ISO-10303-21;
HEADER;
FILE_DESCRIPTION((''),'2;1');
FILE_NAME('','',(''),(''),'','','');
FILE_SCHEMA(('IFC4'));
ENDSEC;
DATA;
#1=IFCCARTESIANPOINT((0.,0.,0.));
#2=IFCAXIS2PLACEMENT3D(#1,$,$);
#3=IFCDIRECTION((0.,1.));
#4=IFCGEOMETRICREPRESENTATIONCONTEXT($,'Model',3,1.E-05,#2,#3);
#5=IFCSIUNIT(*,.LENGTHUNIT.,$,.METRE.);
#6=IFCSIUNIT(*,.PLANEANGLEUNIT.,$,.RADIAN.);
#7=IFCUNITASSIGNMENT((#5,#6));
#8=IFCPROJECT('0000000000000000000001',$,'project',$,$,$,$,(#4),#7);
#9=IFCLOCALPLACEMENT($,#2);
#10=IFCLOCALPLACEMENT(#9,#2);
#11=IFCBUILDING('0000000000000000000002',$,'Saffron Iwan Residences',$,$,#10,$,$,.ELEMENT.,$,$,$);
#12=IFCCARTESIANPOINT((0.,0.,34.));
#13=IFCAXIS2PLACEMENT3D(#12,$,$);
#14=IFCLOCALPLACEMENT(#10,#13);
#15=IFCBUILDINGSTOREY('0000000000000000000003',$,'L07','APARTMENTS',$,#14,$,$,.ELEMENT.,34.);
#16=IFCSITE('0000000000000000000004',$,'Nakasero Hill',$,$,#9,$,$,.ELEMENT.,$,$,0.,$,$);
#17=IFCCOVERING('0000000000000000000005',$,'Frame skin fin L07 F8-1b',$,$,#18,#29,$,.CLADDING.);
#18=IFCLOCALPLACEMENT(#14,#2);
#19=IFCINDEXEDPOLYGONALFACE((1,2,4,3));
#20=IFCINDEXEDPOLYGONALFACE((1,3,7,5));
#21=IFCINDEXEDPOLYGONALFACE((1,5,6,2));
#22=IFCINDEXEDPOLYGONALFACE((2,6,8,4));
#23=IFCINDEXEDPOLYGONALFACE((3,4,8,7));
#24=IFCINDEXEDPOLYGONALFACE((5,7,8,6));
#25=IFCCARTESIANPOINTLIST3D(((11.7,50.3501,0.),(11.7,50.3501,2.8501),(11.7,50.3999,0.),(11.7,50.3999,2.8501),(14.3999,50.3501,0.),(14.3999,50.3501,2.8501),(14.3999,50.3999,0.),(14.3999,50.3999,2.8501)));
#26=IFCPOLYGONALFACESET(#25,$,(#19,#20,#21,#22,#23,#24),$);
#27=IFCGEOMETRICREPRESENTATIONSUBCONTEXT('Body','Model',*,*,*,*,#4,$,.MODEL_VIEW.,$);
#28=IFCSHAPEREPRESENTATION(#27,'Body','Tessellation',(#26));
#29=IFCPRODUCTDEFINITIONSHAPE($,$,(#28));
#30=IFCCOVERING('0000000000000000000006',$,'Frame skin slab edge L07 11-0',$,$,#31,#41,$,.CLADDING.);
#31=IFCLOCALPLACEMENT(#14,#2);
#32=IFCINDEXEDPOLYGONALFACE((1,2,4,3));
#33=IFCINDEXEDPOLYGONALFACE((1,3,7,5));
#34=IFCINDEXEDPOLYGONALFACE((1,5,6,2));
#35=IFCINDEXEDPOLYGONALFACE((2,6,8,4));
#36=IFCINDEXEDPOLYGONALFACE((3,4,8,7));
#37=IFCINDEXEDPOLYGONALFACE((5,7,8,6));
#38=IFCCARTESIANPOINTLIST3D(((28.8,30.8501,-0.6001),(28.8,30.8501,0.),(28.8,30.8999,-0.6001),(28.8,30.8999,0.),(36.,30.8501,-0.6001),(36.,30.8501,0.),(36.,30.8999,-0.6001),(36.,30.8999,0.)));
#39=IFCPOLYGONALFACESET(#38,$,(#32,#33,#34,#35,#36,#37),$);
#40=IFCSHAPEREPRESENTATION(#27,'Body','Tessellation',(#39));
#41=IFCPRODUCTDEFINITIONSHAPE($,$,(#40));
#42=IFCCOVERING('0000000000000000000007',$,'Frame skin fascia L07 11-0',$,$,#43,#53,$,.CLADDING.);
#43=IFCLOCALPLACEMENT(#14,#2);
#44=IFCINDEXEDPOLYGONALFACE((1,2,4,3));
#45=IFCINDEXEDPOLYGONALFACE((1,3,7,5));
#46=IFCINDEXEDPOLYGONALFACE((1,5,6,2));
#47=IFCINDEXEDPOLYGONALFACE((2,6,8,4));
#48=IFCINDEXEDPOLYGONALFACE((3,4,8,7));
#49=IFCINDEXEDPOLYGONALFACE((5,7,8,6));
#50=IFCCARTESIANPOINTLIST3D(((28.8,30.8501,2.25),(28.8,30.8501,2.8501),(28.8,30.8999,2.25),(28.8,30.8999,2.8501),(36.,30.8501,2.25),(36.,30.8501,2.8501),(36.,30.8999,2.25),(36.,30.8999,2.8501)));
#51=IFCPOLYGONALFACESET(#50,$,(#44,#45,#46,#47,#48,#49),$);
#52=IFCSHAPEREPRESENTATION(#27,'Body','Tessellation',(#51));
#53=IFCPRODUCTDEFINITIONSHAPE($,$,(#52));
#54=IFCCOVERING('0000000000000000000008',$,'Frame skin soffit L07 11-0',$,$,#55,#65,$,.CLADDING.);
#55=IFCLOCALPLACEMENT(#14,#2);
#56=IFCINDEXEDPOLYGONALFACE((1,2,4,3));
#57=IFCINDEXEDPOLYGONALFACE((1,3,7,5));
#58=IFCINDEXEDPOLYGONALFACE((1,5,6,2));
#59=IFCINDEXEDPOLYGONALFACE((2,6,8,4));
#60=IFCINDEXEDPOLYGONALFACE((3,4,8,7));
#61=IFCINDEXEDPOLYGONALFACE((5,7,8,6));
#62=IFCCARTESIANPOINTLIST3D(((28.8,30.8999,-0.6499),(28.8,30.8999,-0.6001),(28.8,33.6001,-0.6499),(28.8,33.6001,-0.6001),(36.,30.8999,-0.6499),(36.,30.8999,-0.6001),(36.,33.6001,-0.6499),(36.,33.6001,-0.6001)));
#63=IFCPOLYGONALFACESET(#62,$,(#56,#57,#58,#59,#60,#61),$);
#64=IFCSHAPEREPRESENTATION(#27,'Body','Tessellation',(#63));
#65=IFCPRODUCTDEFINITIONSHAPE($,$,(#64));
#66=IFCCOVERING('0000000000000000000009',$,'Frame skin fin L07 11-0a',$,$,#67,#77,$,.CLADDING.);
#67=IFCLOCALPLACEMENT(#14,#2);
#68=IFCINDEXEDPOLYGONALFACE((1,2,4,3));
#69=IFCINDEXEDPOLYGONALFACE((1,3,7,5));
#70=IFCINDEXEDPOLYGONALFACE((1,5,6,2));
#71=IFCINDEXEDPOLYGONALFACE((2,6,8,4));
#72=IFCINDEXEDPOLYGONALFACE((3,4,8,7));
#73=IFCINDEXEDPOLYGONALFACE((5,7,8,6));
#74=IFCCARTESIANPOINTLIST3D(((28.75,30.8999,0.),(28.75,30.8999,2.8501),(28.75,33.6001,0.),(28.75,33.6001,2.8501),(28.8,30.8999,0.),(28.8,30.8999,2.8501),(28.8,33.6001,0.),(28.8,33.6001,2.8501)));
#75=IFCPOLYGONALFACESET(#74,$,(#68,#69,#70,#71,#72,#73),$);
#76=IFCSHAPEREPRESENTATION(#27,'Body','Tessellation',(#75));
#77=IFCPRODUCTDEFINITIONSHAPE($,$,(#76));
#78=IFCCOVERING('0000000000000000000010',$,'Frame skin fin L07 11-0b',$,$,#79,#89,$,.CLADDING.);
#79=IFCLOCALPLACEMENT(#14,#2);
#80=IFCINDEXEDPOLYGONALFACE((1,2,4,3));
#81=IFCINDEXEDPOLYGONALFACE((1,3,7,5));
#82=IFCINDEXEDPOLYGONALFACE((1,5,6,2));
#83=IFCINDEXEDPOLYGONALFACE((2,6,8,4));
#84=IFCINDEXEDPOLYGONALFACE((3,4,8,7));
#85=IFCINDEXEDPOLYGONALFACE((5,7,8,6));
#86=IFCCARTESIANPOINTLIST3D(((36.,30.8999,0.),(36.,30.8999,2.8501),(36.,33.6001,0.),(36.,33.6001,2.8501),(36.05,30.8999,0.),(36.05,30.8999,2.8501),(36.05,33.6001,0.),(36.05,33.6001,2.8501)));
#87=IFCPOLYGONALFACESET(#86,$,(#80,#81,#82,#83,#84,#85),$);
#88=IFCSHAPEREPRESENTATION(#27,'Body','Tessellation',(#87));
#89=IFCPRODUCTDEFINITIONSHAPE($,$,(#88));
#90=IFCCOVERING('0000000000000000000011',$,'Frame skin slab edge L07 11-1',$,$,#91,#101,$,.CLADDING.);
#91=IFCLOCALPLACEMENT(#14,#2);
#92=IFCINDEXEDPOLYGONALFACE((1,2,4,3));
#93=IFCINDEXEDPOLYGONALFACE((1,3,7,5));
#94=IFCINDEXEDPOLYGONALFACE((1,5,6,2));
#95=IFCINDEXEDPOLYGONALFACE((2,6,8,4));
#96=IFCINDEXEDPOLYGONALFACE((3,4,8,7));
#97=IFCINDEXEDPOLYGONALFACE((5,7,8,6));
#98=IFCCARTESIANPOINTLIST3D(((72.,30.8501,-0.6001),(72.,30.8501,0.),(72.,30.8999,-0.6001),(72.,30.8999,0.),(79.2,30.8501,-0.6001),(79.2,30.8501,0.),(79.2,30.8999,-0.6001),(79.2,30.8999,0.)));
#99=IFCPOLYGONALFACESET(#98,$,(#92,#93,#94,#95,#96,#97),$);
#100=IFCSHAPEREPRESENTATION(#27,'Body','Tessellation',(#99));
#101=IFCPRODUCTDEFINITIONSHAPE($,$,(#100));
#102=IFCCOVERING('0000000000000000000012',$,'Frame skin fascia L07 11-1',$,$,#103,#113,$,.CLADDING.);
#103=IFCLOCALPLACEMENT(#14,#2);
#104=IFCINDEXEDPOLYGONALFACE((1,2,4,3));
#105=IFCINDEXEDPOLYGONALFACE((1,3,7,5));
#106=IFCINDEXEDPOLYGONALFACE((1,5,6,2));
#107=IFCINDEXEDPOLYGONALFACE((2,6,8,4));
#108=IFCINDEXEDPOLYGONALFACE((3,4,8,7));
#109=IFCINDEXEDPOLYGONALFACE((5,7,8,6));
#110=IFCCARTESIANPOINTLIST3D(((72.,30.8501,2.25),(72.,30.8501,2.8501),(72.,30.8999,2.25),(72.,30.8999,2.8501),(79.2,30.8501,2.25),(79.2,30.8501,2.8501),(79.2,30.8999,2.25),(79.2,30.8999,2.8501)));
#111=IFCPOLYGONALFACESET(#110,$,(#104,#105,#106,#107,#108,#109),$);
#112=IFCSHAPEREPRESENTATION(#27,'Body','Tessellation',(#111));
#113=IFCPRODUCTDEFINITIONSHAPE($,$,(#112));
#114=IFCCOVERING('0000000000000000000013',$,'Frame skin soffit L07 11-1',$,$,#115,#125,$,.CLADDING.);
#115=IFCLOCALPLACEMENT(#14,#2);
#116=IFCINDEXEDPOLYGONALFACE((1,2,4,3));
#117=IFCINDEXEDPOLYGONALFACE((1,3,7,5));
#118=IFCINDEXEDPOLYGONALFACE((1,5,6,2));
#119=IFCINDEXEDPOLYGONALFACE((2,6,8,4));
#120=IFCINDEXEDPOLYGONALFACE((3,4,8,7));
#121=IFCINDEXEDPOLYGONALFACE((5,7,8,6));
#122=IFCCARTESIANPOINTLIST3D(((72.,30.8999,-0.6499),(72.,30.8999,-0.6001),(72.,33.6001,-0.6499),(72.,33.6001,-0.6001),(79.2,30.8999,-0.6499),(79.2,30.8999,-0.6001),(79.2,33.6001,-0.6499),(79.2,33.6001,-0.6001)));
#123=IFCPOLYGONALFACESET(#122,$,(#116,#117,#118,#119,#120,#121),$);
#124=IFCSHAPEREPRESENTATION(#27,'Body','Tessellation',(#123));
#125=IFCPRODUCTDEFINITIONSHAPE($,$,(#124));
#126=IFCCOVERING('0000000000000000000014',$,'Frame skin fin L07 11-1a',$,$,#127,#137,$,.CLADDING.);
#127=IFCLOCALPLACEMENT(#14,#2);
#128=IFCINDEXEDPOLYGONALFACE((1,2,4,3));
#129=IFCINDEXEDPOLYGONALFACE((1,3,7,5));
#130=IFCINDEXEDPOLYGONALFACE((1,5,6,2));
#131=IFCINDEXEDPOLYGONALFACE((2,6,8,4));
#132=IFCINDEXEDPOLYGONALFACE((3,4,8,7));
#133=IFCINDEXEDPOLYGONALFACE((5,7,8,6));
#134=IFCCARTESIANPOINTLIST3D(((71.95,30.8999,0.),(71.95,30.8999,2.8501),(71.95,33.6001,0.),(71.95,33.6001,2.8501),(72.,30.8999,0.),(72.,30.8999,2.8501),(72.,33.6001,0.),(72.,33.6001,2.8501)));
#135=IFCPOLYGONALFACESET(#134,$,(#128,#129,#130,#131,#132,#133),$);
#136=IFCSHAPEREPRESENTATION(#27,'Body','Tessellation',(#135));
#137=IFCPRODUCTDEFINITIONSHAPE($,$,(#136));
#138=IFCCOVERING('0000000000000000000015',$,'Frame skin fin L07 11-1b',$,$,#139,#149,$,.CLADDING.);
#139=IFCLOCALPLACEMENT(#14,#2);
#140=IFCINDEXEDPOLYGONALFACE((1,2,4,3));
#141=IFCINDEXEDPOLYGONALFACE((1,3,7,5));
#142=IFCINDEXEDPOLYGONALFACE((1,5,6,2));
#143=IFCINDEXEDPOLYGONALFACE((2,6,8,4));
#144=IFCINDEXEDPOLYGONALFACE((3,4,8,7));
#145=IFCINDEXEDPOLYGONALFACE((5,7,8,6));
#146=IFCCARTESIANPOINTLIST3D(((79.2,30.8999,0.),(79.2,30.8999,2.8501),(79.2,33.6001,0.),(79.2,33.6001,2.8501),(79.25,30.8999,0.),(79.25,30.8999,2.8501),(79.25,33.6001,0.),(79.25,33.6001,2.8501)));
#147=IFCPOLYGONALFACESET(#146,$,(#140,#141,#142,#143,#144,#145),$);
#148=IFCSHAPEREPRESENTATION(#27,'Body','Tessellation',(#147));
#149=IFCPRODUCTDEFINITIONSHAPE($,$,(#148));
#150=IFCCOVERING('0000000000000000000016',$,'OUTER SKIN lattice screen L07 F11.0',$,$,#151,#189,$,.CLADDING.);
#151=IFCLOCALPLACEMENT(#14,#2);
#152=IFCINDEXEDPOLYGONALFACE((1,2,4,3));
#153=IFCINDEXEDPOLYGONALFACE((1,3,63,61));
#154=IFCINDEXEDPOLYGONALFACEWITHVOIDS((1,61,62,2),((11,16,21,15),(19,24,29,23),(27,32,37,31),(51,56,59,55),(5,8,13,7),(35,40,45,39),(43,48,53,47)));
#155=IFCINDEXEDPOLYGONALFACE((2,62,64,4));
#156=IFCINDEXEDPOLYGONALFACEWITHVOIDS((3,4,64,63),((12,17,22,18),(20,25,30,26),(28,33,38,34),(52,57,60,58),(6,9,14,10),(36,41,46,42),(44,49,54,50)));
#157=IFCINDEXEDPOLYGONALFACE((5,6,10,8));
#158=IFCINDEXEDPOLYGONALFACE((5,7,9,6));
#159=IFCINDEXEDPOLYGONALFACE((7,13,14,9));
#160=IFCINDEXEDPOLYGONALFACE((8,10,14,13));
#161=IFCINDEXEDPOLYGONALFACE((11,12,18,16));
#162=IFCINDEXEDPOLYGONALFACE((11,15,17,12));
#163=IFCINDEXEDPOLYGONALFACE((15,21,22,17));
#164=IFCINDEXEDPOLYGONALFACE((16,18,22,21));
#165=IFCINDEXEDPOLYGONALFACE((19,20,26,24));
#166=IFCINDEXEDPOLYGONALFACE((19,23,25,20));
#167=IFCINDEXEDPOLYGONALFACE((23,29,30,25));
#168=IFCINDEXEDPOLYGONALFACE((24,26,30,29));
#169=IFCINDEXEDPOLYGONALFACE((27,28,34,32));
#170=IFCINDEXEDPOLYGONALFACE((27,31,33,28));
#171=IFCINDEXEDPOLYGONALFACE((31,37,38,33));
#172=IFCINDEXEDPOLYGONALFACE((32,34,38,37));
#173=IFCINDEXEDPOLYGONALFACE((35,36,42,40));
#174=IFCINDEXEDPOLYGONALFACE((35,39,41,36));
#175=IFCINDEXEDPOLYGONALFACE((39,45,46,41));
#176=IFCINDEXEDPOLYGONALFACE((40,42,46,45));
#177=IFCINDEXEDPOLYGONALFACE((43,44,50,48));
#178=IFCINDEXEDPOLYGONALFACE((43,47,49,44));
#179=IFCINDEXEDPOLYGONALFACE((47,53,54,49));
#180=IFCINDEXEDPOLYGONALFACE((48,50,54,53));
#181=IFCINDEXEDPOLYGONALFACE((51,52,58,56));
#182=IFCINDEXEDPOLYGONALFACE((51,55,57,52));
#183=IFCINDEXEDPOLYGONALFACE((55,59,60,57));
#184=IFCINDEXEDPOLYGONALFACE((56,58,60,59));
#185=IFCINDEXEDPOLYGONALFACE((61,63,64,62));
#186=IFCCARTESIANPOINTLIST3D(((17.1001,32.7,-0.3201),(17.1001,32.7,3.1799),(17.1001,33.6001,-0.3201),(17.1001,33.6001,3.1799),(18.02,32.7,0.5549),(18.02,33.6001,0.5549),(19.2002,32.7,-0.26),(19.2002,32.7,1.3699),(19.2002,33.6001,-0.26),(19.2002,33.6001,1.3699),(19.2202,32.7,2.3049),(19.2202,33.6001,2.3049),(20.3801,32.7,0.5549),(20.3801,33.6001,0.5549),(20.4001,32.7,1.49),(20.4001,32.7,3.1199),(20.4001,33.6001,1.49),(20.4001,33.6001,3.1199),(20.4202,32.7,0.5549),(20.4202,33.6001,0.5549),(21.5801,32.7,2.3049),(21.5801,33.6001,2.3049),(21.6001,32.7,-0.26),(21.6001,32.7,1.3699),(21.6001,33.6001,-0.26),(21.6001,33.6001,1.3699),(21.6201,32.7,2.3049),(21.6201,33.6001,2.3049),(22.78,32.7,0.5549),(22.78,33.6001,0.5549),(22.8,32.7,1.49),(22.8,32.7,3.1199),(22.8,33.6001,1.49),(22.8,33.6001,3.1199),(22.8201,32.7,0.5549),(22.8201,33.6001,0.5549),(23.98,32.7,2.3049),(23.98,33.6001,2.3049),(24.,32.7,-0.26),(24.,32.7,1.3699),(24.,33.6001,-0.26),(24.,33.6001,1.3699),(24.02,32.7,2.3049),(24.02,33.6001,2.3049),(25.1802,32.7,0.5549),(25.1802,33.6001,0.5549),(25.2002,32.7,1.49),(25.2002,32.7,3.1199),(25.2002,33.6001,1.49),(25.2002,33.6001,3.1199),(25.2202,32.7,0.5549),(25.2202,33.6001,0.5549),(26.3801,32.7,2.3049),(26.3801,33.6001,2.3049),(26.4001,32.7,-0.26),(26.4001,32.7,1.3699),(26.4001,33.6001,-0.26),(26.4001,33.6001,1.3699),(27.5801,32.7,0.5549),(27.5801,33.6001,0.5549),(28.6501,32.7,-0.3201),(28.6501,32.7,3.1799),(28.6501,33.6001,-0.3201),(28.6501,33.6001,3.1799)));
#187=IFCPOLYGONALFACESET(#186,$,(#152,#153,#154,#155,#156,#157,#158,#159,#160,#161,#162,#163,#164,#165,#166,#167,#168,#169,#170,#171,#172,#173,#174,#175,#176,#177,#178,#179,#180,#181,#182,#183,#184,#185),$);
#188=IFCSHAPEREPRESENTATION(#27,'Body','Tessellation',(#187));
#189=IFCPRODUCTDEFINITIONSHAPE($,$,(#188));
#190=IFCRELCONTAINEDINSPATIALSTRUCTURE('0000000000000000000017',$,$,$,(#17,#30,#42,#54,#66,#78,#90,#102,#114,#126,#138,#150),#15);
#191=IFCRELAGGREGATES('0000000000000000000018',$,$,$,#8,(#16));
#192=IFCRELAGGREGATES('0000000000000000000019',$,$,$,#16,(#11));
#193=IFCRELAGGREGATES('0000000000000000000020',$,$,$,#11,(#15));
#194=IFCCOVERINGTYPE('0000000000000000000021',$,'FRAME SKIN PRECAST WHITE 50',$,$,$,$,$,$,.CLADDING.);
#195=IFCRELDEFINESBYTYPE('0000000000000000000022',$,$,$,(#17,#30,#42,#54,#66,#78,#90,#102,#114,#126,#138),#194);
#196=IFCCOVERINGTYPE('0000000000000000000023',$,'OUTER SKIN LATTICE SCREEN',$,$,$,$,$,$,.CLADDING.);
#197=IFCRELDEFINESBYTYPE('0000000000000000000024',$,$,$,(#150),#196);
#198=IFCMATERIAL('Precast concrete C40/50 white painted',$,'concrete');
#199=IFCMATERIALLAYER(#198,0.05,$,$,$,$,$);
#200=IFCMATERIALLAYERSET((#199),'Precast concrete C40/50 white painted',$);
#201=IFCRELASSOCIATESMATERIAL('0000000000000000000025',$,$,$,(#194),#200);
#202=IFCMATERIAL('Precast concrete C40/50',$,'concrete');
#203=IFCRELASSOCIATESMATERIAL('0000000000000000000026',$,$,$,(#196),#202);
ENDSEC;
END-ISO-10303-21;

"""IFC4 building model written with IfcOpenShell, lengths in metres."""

from ifc_helpers import new_model, si_unit, direction, frame, origin, place, context, subcontext, project, spatial, polyline, outline, extrude, material, layer, layer_set, type_object, element, save


model = new_model("IFC4")

# Units and contexts
model_context = context("Model", 3, precision=1e-05, world=origin(), true_north=direction((0.0, 1.0)))
body_context = subcontext(model_context, "Body", "Model", "MODEL_VIEW")
ifc_project = project(units=[si_unit("LENGTHUNIT", "METRE"), si_unit("PLANEANGLEUNIT", "RADIAN")], contexts=[model_context])

# Site, building, storey
site_placement = place(None, origin())
site = spatial("IfcSite", under=ifc_project, at=site_placement, Name="Nakasero Hill", CompositionType="ELEMENT", RefElevation=0.0)
building_placement = place(site_placement, origin())
building = spatial("IfcBuilding", under=site, at=building_placement, Name="Saffron Iwan Residences", CompositionType="ELEMENT")
storey_placement = place(building_placement, frame((0.0, 0.0, 34.0)))
storey = spatial("IfcBuildingStorey", under=building, at=storey_placement, Name="L07", Description="APARTMENTS", CompositionType="ELEMENT", Elevation=34.0)

# Coverings
ifc_material_1 = material(Name="Precast concrete C40/50 white painted", Category="concrete")
ifc_layer_1 = layer(ifc_material_1, 0.05)
ifc_layer_set_1 = layer_set([ifc_layer_1], Name="Precast concrete C40/50 white painted")
covering_type_1 = type_object("IfcCoveringType", Name="FRAME SKIN PRECAST WHITE 50", PredefinedType="CLADDING", material=ifc_layer_set_1)
covering_1_placement = place(storey_placement, origin())
element("IfcCovering", 1, at=covering_1_placement, inside=storey, type_object=covering_type_1, Name="Frame skin fin L07 F8-1b", PredefinedType="CLADDING", context=body_context, shape_type="SweptSolid", body=[
    extrude(outline(polyline([(11.7, 50.3999), (11.7, 50.3501), (14.3999, 50.3501), (14.3999, 50.3999), (11.7, 50.3999)])), origin(), (0.0, 0.0, 1.0), 2.8501),
])
for number, where, name in (
    (2, (0.0, 0.0, -0.6001), "Frame skin slab edge L07 11-0"),
    (3, (0.0, 0.0, 2.25), "Frame skin fascia L07 11-0"),
):
    element("IfcCovering", number, at=place(storey_placement, frame(where)), inside=storey, type_object=covering_type_1, Name=name, PredefinedType="CLADDING", context=body_context, shape_type="SweptSolid", body=[
        extrude(outline(polyline([(28.8, 30.8501), (36.0, 30.8501), (36.0, 30.8999), (28.8, 30.8999), (28.8, 30.8501)])), origin(), (0.0, 0.0, 1.0), 0.6001),
    ])
covering_2_placement = place(storey_placement, frame((0.0, 0.0, -0.6499)))
element("IfcCovering", 4, at=covering_2_placement, inside=storey, type_object=covering_type_1, Name="Frame skin soffit L07 11-0", PredefinedType="CLADDING", context=body_context, shape_type="SweptSolid", body=[
    extrude(outline(polyline([(28.8, 30.8999), (36.0, 30.8999), (36.0, 33.6001), (28.8, 33.6001), (28.8, 30.8999)])), origin(), (0.0, 0.0, 1.0), 0.0498),
])
covering_3_placement = place(storey_placement, origin())
element("IfcCovering", 5, at=covering_3_placement, inside=storey, type_object=covering_type_1, Name="Frame skin fin L07 11-0a", PredefinedType="CLADDING", context=body_context, shape_type="SweptSolid", body=[
    extrude(outline(polyline([(28.75, 30.8999), (28.8, 30.8999), (28.8, 33.6001), (28.75, 33.6001), (28.75, 30.8999)])), origin(), (0.0, 0.0, 1.0), 2.8501),
])
covering_4_placement = place(storey_placement, origin())
element("IfcCovering", 6, at=covering_4_placement, inside=storey, type_object=covering_type_1, Name="Frame skin fin L07 11-0b", PredefinedType="CLADDING", context=body_context, shape_type="SweptSolid", body=[
    extrude(outline(polyline([(36.0, 30.8999), (36.05, 30.8999), (36.05, 33.6001), (36.0, 33.6001), (36.0, 30.8999)])), origin(), (0.0, 0.0, 1.0), 2.8501),
])
for number, where, name in (
    (7, (0.0, 0.0, -0.6001), "Frame skin slab edge L07 11-1"),
    (8, (0.0, 0.0, 2.25), "Frame skin fascia L07 11-1"),
):
    element("IfcCovering", number, at=place(storey_placement, frame(where)), inside=storey, type_object=covering_type_1, Name=name, PredefinedType="CLADDING", context=body_context, shape_type="SweptSolid", body=[
        extrude(outline(polyline([(72.0, 30.8501), (79.2, 30.8501), (79.2, 30.8999), (72.0, 30.8999), (72.0, 30.8501)])), origin(), (0.0, 0.0, 1.0), 0.6001),
    ])
covering_5_placement = place(storey_placement, frame((0.0, 0.0, -0.6499)))
element("IfcCovering", 9, at=covering_5_placement, inside=storey, type_object=covering_type_1, Name="Frame skin soffit L07 11-1", PredefinedType="CLADDING", context=body_context, shape_type="SweptSolid", body=[
    extrude(outline(polyline([(72.0, 30.8999), (79.2, 30.8999), (79.2, 33.6001), (72.0, 33.6001), (72.0, 30.8999)])), origin(), (0.0, 0.0, 1.0), 0.0498),
])
covering_6_placement = place(storey_placement, origin())
element("IfcCovering", 10, at=covering_6_placement, inside=storey, type_object=covering_type_1, Name="Frame skin fin L07 11-1a", PredefinedType="CLADDING", context=body_context, shape_type="SweptSolid", body=[
    extrude(outline(polyline([(71.95, 30.8999), (72.0, 30.8999), (72.0, 33.6001), (71.95, 33.6001), (71.95, 30.8999)])), origin(), (0.0, 0.0, 1.0), 2.8501),
])
covering_7_placement = place(storey_placement, origin())
element("IfcCovering", 11, at=covering_7_placement, inside=storey, type_object=covering_type_1, Name="Frame skin fin L07 11-1b", PredefinedType="CLADDING", context=body_context, shape_type="SweptSolid", body=[
    extrude(outline(polyline([(79.2, 30.8999), (79.25, 30.8999), (79.25, 33.6001), (79.2, 33.6001), (79.2, 30.8999)])), origin(), (0.0, 0.0, 1.0), 2.8501),
])
ifc_material_2 = material(Name="Precast concrete C40/50", Category="concrete")
covering_type_2 = type_object("IfcCoveringType", Name="OUTER SKIN LATTICE SCREEN", PredefinedType="CLADDING", material=ifc_material_2)
covering_8_placement = place(storey_placement, frame((17.1001, 33.6001, -0.3201), z_axis=(0.0, -1.0, 0.0), x_axis=(1.0, 0.0, 0.0)))
element("IfcCovering", 12, at=covering_8_placement, inside=storey, type_object=covering_type_2, Name="OUTER SKIN lattice screen L07 F11.0", PredefinedType="CLADDING", context=body_context, shape_type="SweptSolid", body=[
    extrude(outline(polyline([(0.0, 0.0), (11.55, 0.0), (11.55, 3.5), (0.0, 3.5), (0.0, 0.0)]), holes=[polyline([(0.9199, 0.875), (2.1001, 0.0601), (3.28, 0.875), (2.1001, 1.6899), (0.9199, 0.875)]), polyline([(3.3201, 0.875), (4.5, 0.0601), (5.6799, 0.875), (4.5, 1.6899), (3.3201, 0.875)]), polyline([(5.72, 0.875), (6.8999, 0.0601), (8.0801, 0.875), (6.8999, 1.6899), (5.72, 0.875)]), polyline([(8.1201, 0.875), (9.3, 0.0601), (10.48, 0.875), (9.3, 1.6899), (8.1201, 0.875)]), polyline([(2.1201, 2.625), (3.3, 1.8101), (4.48, 2.625), (3.3, 3.4399), (2.1201, 2.625)]), polyline([(4.52, 2.625), (5.7, 1.8101), (6.8799, 2.625), (5.7, 3.4399), (4.52, 2.625)]), polyline([(6.9199, 2.625), (8.1001, 1.8101), (9.28, 2.625), (8.1001, 3.4399), (6.9199, 2.625)])]), origin(), (0.0, 0.0, 1.0), 0.9001),
])

save(model, "model.ifc")
